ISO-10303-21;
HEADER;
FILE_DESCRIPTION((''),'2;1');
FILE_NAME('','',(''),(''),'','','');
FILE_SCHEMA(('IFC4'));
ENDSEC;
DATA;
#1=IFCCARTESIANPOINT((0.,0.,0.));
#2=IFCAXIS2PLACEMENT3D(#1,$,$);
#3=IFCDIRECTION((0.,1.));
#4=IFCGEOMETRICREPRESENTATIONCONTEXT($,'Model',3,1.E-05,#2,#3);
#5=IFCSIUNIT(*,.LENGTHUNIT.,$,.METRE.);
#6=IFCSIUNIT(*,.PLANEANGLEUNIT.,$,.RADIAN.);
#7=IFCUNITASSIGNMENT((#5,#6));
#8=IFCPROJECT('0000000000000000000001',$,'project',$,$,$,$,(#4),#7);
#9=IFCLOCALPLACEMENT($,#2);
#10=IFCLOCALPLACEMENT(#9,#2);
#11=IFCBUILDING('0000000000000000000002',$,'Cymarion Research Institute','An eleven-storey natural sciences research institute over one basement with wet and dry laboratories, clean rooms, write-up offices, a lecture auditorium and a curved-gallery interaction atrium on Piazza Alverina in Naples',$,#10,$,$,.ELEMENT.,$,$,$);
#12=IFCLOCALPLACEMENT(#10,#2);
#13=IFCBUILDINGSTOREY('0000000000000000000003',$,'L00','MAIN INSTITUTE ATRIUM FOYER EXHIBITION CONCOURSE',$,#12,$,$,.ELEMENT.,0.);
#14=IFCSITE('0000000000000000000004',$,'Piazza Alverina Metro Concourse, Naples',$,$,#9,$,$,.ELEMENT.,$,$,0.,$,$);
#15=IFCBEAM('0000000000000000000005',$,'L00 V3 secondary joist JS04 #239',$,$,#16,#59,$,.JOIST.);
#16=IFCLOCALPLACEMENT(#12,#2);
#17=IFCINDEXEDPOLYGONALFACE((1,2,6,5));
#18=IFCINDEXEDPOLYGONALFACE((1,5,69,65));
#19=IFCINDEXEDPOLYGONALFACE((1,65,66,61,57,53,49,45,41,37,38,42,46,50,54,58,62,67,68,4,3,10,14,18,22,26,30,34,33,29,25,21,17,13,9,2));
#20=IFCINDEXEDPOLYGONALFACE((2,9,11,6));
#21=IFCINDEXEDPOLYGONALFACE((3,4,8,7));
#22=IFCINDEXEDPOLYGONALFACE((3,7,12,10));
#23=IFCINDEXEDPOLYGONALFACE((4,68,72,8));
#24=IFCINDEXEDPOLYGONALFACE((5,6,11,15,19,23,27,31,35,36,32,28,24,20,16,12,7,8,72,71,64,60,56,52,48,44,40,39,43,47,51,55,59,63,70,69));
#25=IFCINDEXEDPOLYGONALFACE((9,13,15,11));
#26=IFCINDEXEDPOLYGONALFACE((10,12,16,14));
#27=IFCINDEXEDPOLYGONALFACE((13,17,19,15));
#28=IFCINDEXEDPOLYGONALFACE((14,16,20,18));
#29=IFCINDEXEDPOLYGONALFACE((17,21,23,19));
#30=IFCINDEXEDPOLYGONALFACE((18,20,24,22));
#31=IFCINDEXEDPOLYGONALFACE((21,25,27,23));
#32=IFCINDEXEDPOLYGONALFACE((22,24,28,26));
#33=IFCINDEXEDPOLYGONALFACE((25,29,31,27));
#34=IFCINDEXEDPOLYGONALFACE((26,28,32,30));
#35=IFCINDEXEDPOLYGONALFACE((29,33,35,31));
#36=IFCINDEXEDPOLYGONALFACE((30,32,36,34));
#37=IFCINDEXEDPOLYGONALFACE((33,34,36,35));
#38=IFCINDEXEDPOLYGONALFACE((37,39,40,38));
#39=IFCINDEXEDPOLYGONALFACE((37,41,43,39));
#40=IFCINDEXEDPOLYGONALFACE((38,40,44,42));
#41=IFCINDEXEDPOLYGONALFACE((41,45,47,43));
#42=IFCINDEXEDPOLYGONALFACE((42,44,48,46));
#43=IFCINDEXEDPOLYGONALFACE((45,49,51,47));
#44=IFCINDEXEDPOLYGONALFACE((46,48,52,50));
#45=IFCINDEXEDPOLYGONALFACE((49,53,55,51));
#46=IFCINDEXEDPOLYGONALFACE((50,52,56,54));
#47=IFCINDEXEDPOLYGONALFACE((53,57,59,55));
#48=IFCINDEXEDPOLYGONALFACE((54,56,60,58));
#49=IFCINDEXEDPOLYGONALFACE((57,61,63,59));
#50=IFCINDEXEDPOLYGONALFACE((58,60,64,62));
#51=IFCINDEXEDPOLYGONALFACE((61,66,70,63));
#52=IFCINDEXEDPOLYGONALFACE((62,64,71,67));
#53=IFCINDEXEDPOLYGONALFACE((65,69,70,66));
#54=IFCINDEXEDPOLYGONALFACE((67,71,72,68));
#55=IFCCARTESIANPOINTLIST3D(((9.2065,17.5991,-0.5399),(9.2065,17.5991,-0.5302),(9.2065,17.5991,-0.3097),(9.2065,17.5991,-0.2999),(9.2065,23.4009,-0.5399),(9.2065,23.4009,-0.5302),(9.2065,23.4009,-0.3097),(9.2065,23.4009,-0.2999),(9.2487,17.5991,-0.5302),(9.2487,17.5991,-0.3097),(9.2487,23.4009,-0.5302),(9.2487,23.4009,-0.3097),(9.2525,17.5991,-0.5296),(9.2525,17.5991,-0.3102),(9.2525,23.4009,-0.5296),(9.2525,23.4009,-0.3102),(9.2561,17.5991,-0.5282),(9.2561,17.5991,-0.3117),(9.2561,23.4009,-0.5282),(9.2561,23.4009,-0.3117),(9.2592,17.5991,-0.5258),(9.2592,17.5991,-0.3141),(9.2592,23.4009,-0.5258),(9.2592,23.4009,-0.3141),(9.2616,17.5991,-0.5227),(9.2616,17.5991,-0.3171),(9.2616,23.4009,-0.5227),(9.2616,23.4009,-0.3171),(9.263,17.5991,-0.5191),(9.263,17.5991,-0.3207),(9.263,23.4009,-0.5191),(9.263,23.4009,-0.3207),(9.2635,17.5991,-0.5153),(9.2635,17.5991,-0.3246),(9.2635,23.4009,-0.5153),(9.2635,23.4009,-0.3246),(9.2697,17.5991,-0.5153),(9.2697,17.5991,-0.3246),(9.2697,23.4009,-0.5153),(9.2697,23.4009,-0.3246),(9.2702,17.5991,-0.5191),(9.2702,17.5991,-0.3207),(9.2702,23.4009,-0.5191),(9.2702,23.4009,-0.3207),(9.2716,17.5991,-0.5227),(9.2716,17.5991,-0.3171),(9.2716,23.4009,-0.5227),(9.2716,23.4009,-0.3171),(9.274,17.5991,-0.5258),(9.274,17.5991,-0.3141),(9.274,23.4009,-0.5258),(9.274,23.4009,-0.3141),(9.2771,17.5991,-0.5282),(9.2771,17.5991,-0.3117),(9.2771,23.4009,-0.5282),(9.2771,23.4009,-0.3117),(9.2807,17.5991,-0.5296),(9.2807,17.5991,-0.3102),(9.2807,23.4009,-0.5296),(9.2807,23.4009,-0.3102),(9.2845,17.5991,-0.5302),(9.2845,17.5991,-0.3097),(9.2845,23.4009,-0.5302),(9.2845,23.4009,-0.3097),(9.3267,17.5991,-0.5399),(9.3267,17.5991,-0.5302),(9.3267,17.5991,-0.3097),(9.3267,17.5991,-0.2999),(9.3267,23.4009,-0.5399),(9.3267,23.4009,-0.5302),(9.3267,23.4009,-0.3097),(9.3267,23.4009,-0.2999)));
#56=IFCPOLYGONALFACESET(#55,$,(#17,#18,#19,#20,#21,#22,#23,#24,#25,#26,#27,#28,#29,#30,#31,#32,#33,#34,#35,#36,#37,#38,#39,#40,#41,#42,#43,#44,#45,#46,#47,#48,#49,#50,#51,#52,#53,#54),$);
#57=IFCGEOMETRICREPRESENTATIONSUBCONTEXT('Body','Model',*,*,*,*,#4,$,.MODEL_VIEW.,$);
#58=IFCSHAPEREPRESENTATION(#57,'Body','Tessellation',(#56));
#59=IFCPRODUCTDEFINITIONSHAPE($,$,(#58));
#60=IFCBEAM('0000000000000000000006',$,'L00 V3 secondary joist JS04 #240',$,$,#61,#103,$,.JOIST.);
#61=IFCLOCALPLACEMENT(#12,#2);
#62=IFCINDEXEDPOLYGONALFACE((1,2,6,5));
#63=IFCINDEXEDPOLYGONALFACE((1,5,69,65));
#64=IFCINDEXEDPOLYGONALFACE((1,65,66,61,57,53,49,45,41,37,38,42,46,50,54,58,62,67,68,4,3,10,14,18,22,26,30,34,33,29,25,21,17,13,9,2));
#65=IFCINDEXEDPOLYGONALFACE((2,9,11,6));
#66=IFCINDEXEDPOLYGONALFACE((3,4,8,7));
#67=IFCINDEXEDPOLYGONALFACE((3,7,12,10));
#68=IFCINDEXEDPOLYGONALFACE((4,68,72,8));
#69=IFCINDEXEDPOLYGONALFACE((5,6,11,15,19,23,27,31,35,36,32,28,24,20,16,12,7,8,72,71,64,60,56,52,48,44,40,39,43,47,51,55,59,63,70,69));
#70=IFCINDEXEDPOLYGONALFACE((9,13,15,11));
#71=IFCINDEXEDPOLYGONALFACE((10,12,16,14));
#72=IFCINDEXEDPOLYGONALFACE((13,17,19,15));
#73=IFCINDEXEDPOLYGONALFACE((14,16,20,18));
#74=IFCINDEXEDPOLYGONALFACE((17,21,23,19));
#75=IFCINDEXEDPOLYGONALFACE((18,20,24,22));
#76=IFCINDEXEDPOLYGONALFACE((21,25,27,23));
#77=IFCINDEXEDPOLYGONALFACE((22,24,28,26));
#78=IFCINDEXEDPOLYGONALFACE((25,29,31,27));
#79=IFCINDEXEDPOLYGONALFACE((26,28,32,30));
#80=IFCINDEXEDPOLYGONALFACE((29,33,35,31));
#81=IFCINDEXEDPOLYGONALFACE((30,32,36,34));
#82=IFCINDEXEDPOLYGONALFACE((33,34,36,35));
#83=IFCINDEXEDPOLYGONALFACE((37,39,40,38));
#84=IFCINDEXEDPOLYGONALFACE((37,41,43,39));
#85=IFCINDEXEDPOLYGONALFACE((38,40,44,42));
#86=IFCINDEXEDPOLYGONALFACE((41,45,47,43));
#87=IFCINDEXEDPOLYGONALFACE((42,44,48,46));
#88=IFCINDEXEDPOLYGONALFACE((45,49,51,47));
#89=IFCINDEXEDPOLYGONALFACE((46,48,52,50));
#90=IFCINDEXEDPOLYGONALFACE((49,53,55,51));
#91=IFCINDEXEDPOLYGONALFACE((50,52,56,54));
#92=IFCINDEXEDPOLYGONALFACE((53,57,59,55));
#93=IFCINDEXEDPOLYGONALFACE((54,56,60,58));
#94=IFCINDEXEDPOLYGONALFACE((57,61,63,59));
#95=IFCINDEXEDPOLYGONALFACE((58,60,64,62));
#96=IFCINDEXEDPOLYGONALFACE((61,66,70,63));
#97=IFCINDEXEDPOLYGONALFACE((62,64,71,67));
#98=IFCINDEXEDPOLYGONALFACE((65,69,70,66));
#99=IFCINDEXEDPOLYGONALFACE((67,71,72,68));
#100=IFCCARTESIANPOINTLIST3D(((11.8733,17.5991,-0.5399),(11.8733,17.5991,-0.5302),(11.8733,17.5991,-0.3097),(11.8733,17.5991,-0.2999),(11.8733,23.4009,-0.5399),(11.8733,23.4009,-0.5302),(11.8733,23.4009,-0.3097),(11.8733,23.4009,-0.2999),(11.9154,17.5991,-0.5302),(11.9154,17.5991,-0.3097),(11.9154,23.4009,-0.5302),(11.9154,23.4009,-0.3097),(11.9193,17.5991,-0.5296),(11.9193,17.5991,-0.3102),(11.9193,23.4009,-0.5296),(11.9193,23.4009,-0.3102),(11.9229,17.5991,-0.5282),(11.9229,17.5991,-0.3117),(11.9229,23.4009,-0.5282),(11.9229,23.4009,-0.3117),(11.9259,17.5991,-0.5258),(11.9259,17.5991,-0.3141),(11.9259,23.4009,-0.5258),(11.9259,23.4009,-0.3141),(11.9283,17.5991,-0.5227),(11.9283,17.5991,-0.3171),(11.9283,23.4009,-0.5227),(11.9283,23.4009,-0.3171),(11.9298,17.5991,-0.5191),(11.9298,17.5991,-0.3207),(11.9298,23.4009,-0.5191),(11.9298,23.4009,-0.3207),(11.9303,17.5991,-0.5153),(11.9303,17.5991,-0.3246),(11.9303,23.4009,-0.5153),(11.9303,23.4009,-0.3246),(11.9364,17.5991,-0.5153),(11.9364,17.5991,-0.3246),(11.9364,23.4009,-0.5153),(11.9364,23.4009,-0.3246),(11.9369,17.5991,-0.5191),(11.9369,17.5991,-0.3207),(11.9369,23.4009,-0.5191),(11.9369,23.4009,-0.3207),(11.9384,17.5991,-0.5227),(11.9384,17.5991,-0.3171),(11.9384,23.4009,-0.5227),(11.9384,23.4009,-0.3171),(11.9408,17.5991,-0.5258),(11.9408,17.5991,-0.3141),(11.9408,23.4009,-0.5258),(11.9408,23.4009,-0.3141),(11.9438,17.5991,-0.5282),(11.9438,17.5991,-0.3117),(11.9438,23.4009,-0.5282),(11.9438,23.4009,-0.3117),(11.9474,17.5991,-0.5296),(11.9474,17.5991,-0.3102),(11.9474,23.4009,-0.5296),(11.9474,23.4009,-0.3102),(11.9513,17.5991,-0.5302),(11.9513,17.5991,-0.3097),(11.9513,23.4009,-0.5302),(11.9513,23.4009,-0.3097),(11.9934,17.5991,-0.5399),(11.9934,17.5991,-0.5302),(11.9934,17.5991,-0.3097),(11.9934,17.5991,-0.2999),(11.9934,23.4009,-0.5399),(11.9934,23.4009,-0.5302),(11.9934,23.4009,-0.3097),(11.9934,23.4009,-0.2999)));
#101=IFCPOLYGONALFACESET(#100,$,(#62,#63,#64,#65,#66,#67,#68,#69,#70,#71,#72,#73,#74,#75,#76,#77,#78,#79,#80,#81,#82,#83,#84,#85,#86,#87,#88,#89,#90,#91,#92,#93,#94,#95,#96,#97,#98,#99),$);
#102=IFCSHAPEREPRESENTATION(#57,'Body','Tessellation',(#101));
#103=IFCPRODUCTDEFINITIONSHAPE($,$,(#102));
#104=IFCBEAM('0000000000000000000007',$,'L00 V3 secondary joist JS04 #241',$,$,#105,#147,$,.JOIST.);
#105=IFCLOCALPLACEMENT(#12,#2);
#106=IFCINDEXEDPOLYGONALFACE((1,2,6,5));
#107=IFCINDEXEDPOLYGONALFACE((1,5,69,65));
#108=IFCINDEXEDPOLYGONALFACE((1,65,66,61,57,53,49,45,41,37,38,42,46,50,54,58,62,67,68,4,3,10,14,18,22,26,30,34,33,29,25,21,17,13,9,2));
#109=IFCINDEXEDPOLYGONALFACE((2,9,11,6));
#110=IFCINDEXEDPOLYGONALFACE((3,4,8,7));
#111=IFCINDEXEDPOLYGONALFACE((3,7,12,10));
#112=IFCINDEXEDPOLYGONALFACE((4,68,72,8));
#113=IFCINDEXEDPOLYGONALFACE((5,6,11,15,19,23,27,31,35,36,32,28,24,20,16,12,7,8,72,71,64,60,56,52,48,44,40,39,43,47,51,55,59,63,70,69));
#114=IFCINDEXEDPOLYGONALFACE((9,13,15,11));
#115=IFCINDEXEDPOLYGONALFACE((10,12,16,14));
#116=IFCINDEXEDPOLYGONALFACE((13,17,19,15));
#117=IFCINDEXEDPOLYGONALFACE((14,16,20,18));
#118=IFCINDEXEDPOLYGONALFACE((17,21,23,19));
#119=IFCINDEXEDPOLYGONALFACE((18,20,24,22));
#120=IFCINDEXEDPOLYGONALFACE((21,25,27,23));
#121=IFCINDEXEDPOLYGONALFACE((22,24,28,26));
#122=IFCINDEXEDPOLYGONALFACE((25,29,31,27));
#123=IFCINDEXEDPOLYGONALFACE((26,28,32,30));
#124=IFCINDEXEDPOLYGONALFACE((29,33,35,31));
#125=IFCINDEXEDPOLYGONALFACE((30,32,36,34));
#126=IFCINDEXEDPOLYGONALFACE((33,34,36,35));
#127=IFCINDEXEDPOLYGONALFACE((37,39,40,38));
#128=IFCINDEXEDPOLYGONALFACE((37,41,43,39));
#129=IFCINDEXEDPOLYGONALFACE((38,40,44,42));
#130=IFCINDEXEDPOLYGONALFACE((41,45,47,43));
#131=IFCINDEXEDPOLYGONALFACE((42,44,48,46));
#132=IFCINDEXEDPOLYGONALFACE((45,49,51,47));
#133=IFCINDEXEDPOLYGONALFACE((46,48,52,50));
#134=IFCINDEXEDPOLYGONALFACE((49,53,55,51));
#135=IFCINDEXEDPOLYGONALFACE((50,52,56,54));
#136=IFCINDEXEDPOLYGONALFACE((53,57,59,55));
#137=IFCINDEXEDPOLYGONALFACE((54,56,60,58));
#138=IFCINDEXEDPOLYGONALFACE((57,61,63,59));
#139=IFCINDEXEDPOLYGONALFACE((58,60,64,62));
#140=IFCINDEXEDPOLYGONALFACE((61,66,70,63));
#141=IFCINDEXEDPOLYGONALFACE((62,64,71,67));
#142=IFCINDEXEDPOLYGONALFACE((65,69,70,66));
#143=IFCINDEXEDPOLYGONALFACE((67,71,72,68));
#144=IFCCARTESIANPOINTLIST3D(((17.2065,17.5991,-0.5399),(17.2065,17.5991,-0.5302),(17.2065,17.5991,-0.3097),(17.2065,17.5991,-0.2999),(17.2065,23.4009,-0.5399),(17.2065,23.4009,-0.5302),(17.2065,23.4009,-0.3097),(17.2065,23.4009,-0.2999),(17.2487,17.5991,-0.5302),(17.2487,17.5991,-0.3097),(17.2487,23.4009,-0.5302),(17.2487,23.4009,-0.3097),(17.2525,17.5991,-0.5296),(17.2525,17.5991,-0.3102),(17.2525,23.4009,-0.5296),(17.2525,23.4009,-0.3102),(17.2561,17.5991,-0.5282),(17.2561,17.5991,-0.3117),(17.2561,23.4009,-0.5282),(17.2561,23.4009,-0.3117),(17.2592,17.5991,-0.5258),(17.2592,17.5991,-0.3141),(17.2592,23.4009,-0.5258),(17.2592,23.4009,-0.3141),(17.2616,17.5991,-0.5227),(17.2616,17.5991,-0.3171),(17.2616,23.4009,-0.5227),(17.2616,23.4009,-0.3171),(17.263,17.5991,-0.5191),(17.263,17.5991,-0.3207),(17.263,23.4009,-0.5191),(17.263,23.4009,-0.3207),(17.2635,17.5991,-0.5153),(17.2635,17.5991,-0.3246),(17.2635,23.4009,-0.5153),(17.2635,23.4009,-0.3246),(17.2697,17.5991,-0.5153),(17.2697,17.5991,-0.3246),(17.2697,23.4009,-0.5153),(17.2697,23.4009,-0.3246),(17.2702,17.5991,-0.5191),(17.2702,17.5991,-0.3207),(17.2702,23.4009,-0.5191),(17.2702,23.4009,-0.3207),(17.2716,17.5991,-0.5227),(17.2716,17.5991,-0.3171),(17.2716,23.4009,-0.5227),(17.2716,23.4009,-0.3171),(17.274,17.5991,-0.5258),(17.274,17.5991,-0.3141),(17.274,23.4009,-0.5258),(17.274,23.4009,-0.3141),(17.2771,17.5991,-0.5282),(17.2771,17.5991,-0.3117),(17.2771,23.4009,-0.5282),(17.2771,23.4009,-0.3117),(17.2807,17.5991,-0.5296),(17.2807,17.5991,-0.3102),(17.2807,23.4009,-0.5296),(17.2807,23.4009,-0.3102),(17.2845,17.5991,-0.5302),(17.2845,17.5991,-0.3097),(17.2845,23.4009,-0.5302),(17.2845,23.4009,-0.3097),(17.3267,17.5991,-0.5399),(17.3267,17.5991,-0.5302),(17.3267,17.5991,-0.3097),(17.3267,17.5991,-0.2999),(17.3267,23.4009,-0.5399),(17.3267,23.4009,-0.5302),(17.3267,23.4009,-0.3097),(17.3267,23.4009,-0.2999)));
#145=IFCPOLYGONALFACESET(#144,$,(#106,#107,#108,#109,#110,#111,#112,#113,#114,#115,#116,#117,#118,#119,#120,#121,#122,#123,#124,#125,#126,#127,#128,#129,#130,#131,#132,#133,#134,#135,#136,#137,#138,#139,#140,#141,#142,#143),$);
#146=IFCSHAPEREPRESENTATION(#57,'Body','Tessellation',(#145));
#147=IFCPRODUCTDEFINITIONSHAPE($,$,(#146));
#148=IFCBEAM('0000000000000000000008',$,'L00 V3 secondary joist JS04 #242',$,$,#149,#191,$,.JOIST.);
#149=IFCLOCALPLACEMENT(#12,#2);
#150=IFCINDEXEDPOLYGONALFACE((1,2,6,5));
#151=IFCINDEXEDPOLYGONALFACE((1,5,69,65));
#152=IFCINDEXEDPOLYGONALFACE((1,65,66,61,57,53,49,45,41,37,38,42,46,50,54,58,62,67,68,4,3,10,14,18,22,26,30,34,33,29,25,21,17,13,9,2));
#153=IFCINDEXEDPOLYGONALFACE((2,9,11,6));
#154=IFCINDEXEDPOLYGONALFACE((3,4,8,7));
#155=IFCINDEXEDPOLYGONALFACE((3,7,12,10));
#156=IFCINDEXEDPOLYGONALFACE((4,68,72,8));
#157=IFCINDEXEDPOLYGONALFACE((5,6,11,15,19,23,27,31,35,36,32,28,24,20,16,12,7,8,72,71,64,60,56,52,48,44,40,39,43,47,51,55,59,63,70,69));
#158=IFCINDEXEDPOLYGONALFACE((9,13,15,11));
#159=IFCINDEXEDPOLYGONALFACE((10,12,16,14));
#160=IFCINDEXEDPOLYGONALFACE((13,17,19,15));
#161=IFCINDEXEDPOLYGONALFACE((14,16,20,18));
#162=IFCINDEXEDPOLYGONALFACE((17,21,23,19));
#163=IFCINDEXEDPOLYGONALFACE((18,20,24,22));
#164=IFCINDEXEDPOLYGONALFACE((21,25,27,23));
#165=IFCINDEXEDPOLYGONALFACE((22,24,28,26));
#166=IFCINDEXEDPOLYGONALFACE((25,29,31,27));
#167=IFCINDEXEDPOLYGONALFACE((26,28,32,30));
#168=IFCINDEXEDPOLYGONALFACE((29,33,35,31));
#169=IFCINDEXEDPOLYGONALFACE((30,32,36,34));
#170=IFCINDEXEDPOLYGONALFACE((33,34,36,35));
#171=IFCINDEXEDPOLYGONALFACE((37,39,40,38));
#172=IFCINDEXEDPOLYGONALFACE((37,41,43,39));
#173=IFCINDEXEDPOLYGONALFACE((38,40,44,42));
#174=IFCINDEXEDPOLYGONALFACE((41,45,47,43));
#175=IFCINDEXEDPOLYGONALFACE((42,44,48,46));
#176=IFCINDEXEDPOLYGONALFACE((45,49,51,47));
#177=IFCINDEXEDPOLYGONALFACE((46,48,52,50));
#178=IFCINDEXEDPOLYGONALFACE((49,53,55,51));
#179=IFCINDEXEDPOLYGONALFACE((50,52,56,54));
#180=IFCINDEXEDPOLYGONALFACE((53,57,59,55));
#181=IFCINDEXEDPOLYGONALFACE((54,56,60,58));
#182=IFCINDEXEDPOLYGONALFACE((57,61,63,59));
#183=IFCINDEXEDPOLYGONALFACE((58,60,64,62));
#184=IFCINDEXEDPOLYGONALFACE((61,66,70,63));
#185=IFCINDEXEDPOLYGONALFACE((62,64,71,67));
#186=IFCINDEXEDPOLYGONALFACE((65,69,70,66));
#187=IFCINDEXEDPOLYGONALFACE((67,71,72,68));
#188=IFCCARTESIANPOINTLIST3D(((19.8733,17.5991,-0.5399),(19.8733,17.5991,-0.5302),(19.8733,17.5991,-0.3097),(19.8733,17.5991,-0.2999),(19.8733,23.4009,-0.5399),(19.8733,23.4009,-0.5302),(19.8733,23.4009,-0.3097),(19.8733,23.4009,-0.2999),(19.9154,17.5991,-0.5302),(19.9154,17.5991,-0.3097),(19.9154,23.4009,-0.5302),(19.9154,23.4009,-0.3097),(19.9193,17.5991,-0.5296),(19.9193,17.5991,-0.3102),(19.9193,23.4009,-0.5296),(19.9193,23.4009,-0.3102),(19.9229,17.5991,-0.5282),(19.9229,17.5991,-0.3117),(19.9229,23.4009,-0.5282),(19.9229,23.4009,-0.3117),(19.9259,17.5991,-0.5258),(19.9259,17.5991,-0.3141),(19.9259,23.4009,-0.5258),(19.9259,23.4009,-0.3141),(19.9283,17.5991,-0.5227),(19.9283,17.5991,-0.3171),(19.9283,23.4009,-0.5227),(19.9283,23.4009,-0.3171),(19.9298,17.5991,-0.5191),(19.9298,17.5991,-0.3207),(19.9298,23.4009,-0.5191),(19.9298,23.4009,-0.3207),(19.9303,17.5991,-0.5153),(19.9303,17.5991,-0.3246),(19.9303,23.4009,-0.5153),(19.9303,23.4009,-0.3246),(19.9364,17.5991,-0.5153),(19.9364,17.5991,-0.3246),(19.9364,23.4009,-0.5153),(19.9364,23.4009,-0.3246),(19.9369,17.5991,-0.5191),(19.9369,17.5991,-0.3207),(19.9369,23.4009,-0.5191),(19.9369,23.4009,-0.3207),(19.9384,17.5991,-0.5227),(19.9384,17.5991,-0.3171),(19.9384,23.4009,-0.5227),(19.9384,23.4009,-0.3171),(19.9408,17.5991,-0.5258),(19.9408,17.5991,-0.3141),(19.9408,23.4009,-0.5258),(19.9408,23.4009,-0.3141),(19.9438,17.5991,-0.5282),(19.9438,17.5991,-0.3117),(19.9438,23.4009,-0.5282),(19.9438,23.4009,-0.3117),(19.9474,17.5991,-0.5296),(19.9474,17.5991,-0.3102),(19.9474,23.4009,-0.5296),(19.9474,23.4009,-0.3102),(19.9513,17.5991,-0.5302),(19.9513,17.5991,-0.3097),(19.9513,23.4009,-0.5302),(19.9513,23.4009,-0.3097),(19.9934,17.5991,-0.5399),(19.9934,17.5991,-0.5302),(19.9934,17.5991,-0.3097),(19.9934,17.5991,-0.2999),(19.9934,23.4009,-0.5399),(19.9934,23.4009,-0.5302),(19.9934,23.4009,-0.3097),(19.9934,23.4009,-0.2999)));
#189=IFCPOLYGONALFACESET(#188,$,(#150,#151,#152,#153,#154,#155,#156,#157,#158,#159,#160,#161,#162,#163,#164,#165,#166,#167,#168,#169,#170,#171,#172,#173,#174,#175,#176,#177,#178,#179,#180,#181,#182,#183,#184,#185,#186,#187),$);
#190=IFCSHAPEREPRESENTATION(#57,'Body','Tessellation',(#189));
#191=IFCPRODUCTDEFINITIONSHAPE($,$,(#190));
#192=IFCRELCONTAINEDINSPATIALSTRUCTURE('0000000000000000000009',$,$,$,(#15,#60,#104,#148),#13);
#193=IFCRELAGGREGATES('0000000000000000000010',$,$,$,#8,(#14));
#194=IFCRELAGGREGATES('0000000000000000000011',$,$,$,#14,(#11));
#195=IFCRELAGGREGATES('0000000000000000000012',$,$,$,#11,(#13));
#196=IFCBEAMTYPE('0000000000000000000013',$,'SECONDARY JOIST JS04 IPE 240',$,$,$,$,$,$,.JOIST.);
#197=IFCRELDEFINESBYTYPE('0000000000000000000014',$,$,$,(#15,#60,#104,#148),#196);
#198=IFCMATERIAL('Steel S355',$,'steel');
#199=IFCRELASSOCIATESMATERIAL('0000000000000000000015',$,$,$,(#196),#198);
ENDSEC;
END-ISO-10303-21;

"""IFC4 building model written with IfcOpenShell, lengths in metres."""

from ifc_helpers import new_model, si_unit, direction, frame, origin, origin_2d, place, context, subcontext, project, spatial, i_section, extrude, material, material_profile, profile_set, type_object, element, save


model = new_model("IFC4")

# Units and contexts
model_context = context("Model", 3, precision=1e-05, world=origin(), true_north=direction((0.0, 1.0)))
body_context = subcontext(model_context, "Body", "Model", "MODEL_VIEW")
ifc_project = project(units=[si_unit("LENGTHUNIT", "METRE"), si_unit("PLANEANGLEUNIT", "RADIAN")], contexts=[model_context])

# Site, building, storey
site_placement = place(None, origin())
site = spatial("IfcSite", under=ifc_project, at=site_placement, Name="Piazza Alverina Metro Concourse, Naples", CompositionType="ELEMENT", RefElevation=0.0)
building_placement = place(site_placement, origin())
building = spatial("IfcBuilding", under=site, at=building_placement, Name="Cymarion Research Institute", Description="An eleven-storey natural sciences research institute over one basement with wet and dry laboratories, clean rooms, write-up offices, a lecture auditorium and a curved-gallery interaction atrium on Piazza Alverina in Naples", CompositionType="ELEMENT")
storey_placement = place(building_placement, origin())
storey = spatial("IfcBuildingStorey", under=building, at=storey_placement, Name="L00", Description="MAIN INSTITUTE ATRIUM FOYER EXHIBITION CONCOURSE", CompositionType="ELEMENT", Elevation=0.0)

# Shared definitions
ifc_material_1 = material(Name="Steel S355", Category="steel")

# Beams
ifc_material_profile_1 = material_profile(ifc_material_1, i_section(OverallWidth=0.1201, OverallDepth=0.24, WebThickness=0.0061, FlangeThickness=0.0098, FilletRadius=0.0149, at=origin_2d()), Name="IPE 240")
ifc_profile_set_1 = profile_set([ifc_material_profile_1], Name="Steel S355")
beam_type_1 = type_object("IfcBeamType", Name="SECONDARY JOIST JS04 IPE 240", PredefinedType="JOIST", material=ifc_profile_set_1)
for number, where, z_axis, x_axis, name in (
    (1, (9.2666, 17.5991, -0.4199), (0.0, 1.0, 0.0), (-1.0, 0.0, 0.0), "L00 V3 secondary joist JS04 #239"),
    (2, (11.9333, 17.5991, -0.4199), (0.0, 1.0, 0.0), (-1.0, 0.0, 0.0), "L00 V3 secondary joist JS04 #240"),
    (3, (17.2666, 17.5991, -0.4199), (0.0, 1.0, 0.0), (-1.0, 0.0, 0.0), "L00 V3 secondary joist JS04 #241"),
    (4, (19.9333, 17.5991, -0.4199), (0.0, 1.0, 0.0), (-1.0, 0.0, 0.0), "L00 V3 secondary joist JS04 #242"),
):
    element("IfcBeam", number, at=place(storey_placement, frame(where, z_axis=z_axis, x_axis=x_axis)), inside=storey, type_object=beam_type_1, Name=name, PredefinedType="JOIST", context=body_context, shape_type="SweptSolid", body=[
        extrude(i_section(OverallWidth=0.1201, OverallDepth=0.24, WebThickness=0.0061, FlangeThickness=0.0098, FilletRadius=0.0149, at=origin_2d()), origin(), (0.0, 0.0, 1.0), 5.8018),
    ])

save(model, "model.ifc")
